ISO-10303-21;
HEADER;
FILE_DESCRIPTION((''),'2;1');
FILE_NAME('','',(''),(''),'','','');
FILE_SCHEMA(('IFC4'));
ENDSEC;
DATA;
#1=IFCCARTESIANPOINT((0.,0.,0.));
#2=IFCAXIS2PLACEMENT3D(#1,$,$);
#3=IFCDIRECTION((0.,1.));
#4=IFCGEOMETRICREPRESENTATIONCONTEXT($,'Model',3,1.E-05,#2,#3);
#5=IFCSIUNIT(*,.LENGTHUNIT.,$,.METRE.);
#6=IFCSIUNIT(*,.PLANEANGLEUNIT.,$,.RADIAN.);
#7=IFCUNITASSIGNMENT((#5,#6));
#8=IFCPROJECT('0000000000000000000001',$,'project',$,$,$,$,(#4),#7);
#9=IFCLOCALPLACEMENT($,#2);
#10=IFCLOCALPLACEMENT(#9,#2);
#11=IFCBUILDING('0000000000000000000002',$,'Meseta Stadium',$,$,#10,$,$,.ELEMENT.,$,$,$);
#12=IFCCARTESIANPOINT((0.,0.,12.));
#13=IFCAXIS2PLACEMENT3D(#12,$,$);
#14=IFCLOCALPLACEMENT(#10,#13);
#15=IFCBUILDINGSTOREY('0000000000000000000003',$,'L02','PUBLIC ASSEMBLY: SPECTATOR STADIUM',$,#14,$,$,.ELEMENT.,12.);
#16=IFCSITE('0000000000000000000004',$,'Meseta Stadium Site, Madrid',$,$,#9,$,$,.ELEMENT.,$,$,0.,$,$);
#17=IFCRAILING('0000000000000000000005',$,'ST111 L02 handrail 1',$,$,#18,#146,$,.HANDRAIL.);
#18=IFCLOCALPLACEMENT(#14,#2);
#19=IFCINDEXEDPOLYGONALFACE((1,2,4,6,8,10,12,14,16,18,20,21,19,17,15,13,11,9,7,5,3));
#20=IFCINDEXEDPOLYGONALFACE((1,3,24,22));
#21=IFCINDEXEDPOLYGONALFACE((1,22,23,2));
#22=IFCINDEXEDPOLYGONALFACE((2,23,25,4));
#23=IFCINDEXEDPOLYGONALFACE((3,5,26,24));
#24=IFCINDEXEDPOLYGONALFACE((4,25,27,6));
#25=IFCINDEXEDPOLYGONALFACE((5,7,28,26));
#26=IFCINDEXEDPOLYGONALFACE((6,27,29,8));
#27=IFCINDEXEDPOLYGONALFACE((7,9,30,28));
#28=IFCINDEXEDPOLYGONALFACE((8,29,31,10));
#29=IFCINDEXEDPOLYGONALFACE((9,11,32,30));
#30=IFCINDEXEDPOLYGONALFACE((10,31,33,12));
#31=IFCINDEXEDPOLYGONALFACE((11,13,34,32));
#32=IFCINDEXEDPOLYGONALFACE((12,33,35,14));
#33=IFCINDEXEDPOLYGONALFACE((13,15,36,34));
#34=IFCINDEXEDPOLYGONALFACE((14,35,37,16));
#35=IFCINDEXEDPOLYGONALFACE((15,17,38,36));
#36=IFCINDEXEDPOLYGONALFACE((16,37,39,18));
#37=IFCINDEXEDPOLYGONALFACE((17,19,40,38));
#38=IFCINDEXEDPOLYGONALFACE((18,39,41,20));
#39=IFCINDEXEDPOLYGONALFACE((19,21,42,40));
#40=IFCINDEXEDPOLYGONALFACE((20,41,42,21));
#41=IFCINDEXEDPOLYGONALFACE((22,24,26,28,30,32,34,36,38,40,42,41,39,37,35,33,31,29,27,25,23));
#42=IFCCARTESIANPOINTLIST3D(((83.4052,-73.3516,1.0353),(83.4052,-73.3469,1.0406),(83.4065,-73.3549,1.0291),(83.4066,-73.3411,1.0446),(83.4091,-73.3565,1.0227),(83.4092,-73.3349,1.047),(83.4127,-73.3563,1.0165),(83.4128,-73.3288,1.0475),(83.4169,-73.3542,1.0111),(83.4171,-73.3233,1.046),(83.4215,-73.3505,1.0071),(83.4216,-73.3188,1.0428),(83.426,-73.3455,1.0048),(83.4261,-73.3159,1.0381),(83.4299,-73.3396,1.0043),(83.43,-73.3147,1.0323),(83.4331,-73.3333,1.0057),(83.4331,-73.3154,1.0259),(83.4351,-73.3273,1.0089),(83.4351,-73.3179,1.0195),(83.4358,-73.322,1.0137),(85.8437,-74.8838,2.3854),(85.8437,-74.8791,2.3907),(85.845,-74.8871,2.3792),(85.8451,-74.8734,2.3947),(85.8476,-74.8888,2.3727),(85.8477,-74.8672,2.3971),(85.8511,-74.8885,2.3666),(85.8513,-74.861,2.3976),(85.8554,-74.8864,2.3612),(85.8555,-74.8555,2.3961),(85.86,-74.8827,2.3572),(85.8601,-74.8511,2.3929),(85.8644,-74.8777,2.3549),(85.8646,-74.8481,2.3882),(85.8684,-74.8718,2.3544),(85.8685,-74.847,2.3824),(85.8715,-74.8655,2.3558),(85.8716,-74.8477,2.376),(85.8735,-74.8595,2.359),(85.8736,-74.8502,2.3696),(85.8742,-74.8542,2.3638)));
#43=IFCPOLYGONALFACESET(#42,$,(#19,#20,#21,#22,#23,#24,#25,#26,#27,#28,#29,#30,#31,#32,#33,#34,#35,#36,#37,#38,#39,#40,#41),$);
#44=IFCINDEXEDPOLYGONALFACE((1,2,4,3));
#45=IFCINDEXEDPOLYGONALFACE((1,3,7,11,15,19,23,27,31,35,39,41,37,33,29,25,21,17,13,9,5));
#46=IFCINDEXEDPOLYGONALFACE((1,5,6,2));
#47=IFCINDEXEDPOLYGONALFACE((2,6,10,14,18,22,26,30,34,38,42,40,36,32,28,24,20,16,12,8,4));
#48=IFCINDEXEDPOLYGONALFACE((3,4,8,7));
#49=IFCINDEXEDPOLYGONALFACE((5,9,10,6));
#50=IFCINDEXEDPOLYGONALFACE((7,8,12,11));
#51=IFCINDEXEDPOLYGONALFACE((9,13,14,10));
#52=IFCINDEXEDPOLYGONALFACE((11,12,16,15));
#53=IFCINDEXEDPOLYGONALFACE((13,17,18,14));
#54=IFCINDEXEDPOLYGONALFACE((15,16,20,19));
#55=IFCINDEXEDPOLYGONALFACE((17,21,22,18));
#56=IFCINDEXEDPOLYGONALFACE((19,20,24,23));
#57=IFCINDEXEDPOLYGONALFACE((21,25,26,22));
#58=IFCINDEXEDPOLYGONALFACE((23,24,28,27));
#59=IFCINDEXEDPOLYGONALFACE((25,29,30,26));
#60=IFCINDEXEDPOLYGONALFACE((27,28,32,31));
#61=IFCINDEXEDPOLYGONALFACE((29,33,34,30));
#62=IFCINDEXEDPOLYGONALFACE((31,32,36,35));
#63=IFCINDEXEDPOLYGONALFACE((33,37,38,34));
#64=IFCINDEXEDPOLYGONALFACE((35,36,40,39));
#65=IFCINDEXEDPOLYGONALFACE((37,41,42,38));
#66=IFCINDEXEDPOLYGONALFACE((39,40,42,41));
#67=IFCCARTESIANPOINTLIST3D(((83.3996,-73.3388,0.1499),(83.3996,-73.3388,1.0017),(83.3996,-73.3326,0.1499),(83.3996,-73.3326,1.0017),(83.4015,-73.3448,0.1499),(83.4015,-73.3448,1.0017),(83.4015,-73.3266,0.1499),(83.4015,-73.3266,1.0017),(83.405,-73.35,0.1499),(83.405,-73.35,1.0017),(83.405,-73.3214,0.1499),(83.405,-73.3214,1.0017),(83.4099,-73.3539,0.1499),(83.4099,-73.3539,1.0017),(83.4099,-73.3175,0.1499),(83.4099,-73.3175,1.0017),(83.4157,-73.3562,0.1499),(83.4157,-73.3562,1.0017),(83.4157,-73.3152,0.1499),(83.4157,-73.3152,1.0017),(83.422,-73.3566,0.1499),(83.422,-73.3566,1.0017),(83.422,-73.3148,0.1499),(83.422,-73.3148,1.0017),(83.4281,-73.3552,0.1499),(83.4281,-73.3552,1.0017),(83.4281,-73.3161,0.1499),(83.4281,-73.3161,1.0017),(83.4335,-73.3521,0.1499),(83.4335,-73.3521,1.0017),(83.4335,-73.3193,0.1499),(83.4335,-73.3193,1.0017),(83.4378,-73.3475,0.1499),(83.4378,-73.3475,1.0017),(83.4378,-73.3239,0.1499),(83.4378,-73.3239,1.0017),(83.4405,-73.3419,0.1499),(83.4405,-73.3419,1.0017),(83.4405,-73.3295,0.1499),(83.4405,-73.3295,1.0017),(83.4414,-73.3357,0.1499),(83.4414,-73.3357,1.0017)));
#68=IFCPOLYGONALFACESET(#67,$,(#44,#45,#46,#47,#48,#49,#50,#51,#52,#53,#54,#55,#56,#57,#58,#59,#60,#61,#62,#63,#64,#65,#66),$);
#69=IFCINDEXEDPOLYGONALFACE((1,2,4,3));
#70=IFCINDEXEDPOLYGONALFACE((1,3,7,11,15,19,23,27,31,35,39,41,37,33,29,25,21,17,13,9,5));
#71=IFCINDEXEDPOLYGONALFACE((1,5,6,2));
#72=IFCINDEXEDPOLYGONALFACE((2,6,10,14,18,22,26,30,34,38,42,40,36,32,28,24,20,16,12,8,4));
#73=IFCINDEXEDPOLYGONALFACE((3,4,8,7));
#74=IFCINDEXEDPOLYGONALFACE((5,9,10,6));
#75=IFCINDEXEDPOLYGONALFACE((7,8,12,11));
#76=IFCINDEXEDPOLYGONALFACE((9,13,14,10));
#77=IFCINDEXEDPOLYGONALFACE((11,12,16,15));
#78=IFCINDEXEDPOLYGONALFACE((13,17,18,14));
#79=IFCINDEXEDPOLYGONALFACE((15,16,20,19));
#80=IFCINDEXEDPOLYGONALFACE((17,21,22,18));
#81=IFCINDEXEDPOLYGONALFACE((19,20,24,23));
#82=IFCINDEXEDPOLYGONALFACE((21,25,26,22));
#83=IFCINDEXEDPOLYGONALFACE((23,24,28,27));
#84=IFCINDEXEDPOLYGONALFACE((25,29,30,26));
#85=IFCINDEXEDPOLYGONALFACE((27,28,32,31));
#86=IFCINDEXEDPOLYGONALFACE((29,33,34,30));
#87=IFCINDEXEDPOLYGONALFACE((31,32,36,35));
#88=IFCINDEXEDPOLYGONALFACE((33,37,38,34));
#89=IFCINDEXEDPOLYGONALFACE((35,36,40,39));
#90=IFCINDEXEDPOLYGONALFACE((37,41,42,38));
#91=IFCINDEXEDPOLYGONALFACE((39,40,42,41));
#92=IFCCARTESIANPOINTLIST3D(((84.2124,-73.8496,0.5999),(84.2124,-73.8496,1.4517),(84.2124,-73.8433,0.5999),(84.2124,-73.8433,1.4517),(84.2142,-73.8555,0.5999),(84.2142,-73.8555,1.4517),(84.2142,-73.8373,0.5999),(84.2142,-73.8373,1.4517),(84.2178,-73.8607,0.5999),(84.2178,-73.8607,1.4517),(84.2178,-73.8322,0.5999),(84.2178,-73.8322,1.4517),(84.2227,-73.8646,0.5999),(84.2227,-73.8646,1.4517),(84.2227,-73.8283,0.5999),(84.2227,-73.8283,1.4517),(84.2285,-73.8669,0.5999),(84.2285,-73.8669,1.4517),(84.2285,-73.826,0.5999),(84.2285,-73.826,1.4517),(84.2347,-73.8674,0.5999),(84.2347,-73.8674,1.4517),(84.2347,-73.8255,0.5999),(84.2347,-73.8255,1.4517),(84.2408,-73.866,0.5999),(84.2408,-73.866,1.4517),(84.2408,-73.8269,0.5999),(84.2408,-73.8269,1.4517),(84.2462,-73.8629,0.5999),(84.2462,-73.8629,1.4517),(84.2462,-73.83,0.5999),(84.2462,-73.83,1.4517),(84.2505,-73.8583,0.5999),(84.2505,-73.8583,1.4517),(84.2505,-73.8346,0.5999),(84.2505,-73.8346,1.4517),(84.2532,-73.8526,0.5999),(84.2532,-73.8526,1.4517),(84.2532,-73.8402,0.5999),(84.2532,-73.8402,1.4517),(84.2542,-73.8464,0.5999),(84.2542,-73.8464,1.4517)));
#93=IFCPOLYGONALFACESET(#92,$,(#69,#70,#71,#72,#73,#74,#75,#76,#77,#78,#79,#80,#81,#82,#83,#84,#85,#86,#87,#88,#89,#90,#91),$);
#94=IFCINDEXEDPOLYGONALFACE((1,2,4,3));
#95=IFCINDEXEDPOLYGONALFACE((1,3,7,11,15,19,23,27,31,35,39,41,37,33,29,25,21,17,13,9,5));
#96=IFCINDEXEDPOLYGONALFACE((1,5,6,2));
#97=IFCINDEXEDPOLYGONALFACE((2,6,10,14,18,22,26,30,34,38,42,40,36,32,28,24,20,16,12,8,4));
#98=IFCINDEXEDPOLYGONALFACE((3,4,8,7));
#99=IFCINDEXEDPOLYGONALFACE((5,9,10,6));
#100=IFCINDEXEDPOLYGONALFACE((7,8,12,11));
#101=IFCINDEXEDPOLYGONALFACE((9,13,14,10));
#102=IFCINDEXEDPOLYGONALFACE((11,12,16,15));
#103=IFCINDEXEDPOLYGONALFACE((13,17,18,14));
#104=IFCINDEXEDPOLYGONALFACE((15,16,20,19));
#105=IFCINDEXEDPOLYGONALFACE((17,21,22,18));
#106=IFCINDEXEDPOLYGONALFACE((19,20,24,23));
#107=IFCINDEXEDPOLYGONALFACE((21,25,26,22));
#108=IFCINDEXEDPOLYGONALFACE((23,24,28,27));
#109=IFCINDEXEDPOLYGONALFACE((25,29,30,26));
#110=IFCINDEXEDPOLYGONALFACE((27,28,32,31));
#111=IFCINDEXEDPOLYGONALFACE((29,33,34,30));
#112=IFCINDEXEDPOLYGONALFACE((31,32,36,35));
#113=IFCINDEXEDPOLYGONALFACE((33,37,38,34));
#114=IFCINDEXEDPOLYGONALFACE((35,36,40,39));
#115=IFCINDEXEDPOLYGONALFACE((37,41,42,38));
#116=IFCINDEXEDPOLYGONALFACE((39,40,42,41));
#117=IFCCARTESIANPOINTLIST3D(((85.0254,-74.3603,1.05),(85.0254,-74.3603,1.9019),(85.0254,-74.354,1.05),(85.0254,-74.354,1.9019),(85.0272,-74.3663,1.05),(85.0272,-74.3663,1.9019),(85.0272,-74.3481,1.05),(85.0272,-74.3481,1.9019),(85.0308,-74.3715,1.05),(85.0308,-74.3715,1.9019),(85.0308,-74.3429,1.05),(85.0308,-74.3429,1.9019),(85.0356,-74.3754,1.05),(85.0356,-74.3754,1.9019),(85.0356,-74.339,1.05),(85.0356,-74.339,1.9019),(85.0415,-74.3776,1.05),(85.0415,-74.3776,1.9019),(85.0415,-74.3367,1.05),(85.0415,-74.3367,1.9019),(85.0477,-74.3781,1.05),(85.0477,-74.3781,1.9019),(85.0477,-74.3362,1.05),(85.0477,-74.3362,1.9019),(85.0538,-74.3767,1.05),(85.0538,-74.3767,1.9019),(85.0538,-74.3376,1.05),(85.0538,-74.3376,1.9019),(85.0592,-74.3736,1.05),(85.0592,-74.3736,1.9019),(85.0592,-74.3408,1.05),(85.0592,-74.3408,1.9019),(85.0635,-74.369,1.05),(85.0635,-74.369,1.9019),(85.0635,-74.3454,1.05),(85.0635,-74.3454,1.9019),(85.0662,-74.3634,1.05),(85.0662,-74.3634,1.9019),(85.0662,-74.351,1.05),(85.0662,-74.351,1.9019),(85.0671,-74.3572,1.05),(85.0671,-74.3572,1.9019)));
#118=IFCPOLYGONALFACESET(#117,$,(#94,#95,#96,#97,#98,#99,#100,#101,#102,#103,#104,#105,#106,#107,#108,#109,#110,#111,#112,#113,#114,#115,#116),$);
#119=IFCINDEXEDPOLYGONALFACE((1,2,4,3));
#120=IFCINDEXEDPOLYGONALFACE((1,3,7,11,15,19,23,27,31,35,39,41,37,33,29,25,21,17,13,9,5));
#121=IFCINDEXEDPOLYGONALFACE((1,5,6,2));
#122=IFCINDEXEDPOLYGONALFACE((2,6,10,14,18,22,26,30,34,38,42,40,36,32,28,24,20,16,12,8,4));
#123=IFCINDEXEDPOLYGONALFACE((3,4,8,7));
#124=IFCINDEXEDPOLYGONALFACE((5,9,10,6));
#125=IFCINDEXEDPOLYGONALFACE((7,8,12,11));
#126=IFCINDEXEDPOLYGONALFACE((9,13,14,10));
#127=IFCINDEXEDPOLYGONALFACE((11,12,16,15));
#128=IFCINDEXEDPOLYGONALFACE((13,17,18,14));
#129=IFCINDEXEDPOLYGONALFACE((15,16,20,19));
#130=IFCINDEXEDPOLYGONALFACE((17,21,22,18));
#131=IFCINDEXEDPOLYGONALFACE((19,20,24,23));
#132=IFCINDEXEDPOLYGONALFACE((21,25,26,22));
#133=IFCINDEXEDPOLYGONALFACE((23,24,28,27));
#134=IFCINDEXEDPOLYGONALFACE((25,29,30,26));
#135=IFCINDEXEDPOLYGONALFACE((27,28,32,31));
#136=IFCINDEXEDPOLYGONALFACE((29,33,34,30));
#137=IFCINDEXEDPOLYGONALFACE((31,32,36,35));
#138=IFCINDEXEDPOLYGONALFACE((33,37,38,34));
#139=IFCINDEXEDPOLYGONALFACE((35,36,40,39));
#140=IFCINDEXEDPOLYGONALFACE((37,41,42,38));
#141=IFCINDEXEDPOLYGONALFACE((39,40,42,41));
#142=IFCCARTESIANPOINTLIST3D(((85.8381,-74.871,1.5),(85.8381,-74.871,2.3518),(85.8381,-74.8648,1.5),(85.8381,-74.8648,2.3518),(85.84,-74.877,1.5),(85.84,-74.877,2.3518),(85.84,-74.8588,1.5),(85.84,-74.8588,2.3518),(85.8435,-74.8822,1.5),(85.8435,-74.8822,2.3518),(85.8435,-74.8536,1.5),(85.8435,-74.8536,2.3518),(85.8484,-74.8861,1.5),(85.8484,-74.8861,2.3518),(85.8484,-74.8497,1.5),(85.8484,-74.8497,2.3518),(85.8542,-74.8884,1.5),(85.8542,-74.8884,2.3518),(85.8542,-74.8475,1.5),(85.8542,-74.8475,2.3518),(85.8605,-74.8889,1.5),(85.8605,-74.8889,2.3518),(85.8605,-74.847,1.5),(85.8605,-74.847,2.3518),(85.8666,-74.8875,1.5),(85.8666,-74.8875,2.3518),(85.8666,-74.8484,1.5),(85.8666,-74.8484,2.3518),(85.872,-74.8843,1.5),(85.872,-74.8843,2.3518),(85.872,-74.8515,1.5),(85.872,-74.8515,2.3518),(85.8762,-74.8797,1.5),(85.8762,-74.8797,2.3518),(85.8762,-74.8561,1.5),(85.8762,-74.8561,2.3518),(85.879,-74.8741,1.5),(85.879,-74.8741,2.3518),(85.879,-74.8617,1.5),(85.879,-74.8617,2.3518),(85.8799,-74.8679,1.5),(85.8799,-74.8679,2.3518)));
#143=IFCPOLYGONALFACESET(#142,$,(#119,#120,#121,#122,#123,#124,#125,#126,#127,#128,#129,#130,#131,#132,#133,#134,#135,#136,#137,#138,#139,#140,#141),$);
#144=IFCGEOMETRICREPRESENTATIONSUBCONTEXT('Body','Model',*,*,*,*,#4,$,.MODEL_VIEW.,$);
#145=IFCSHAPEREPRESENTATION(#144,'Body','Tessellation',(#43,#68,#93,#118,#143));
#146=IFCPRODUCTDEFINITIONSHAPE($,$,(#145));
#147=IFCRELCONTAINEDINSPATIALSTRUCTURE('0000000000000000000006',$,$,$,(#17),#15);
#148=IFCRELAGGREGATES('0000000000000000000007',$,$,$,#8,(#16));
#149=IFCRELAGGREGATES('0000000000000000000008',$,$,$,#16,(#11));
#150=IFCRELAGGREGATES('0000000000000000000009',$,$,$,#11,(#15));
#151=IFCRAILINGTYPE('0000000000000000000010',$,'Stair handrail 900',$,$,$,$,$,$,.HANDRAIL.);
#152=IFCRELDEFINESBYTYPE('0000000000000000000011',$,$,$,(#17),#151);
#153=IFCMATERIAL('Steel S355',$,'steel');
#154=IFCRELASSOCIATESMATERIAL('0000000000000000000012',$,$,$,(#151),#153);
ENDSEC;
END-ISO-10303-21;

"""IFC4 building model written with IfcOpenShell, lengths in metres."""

from ifc_helpers import new_model, si_unit, direction, frame, origin, origin_2d, place, context, subcontext, project, spatial, circle, extrude, material, type_object, element, save


model = new_model("IFC4")

# Units and contexts
model_context = context("Model", 3, precision=1e-05, world=origin(), true_north=direction((0.0, 1.0)))
body_context = subcontext(model_context, "Body", "Model", "MODEL_VIEW")
ifc_project = project(units=[si_unit("LENGTHUNIT", "METRE"), si_unit("PLANEANGLEUNIT", "RADIAN")], contexts=[model_context])

# Site, building, storey
site_placement = place(None, origin())
site = spatial("IfcSite", under=ifc_project, at=site_placement, Name="Meseta Stadium Site, Madrid", CompositionType="ELEMENT", RefElevation=0.0)
building_placement = place(site_placement, origin())
building = spatial("IfcBuilding", under=site, at=building_placement, Name="Meseta Stadium", CompositionType="ELEMENT")
storey_placement = place(building_placement, frame((0.0, 0.0, 12.0)))
storey = spatial("IfcBuildingStorey", under=building, at=storey_placement, Name="L02", Description="PUBLIC ASSEMBLY: SPECTATOR STADIUM", CompositionType="ELEMENT", Elevation=12.0)

# Railing
ifc_material_1 = material(Name="Steel S355", Category="steel")
railing_type_1 = type_object("IfcRailingType", Name="Stair handrail 900", PredefinedType="HANDRAIL", material=ifc_material_1)
for number, where, name in (
    (1, (83.4204, -73.3357, 0.1499), "ST111 L02 handrail 1"),
):
    element("IfcRailing", number, at=place(storey_placement, frame(where)), inside=storey, type_object=railing_type_1, Name=name, PredefinedType="HANDRAIL", context=body_context, shape_type="SweptSolid", body=[
        extrude(circle(Radius=0.0239, at=origin_2d()), frame((0.0, 0.0, 0.876), z_axis=(0.766655, -0.481731, 0.42447), x_axis=(0.53204, 0.846719, 0.0)), (0.0, 0.0, 1.0), 3.1807),
        extrude(circle(Radius=0.021, at=origin_2d()), origin(), (0.0, 0.0, 1.0), 0.8518),
        extrude(circle(Radius=0.021, at=origin_2d()), frame((0.8127, -0.5107, 0.45)), (0.0, 0.0, 1.0), 0.8518),
        extrude(circle(Radius=0.021, at=origin_2d()), frame((1.6257, -1.0215, 0.9001)), (0.0, 0.0, 1.0), 0.8518),
        extrude(circle(Radius=0.021, at=origin_2d()), frame((2.4385, -1.5322, 1.3501)), (0.0, 0.0, 1.0), 0.8518),
    ])

save(model, "model.ifc")
